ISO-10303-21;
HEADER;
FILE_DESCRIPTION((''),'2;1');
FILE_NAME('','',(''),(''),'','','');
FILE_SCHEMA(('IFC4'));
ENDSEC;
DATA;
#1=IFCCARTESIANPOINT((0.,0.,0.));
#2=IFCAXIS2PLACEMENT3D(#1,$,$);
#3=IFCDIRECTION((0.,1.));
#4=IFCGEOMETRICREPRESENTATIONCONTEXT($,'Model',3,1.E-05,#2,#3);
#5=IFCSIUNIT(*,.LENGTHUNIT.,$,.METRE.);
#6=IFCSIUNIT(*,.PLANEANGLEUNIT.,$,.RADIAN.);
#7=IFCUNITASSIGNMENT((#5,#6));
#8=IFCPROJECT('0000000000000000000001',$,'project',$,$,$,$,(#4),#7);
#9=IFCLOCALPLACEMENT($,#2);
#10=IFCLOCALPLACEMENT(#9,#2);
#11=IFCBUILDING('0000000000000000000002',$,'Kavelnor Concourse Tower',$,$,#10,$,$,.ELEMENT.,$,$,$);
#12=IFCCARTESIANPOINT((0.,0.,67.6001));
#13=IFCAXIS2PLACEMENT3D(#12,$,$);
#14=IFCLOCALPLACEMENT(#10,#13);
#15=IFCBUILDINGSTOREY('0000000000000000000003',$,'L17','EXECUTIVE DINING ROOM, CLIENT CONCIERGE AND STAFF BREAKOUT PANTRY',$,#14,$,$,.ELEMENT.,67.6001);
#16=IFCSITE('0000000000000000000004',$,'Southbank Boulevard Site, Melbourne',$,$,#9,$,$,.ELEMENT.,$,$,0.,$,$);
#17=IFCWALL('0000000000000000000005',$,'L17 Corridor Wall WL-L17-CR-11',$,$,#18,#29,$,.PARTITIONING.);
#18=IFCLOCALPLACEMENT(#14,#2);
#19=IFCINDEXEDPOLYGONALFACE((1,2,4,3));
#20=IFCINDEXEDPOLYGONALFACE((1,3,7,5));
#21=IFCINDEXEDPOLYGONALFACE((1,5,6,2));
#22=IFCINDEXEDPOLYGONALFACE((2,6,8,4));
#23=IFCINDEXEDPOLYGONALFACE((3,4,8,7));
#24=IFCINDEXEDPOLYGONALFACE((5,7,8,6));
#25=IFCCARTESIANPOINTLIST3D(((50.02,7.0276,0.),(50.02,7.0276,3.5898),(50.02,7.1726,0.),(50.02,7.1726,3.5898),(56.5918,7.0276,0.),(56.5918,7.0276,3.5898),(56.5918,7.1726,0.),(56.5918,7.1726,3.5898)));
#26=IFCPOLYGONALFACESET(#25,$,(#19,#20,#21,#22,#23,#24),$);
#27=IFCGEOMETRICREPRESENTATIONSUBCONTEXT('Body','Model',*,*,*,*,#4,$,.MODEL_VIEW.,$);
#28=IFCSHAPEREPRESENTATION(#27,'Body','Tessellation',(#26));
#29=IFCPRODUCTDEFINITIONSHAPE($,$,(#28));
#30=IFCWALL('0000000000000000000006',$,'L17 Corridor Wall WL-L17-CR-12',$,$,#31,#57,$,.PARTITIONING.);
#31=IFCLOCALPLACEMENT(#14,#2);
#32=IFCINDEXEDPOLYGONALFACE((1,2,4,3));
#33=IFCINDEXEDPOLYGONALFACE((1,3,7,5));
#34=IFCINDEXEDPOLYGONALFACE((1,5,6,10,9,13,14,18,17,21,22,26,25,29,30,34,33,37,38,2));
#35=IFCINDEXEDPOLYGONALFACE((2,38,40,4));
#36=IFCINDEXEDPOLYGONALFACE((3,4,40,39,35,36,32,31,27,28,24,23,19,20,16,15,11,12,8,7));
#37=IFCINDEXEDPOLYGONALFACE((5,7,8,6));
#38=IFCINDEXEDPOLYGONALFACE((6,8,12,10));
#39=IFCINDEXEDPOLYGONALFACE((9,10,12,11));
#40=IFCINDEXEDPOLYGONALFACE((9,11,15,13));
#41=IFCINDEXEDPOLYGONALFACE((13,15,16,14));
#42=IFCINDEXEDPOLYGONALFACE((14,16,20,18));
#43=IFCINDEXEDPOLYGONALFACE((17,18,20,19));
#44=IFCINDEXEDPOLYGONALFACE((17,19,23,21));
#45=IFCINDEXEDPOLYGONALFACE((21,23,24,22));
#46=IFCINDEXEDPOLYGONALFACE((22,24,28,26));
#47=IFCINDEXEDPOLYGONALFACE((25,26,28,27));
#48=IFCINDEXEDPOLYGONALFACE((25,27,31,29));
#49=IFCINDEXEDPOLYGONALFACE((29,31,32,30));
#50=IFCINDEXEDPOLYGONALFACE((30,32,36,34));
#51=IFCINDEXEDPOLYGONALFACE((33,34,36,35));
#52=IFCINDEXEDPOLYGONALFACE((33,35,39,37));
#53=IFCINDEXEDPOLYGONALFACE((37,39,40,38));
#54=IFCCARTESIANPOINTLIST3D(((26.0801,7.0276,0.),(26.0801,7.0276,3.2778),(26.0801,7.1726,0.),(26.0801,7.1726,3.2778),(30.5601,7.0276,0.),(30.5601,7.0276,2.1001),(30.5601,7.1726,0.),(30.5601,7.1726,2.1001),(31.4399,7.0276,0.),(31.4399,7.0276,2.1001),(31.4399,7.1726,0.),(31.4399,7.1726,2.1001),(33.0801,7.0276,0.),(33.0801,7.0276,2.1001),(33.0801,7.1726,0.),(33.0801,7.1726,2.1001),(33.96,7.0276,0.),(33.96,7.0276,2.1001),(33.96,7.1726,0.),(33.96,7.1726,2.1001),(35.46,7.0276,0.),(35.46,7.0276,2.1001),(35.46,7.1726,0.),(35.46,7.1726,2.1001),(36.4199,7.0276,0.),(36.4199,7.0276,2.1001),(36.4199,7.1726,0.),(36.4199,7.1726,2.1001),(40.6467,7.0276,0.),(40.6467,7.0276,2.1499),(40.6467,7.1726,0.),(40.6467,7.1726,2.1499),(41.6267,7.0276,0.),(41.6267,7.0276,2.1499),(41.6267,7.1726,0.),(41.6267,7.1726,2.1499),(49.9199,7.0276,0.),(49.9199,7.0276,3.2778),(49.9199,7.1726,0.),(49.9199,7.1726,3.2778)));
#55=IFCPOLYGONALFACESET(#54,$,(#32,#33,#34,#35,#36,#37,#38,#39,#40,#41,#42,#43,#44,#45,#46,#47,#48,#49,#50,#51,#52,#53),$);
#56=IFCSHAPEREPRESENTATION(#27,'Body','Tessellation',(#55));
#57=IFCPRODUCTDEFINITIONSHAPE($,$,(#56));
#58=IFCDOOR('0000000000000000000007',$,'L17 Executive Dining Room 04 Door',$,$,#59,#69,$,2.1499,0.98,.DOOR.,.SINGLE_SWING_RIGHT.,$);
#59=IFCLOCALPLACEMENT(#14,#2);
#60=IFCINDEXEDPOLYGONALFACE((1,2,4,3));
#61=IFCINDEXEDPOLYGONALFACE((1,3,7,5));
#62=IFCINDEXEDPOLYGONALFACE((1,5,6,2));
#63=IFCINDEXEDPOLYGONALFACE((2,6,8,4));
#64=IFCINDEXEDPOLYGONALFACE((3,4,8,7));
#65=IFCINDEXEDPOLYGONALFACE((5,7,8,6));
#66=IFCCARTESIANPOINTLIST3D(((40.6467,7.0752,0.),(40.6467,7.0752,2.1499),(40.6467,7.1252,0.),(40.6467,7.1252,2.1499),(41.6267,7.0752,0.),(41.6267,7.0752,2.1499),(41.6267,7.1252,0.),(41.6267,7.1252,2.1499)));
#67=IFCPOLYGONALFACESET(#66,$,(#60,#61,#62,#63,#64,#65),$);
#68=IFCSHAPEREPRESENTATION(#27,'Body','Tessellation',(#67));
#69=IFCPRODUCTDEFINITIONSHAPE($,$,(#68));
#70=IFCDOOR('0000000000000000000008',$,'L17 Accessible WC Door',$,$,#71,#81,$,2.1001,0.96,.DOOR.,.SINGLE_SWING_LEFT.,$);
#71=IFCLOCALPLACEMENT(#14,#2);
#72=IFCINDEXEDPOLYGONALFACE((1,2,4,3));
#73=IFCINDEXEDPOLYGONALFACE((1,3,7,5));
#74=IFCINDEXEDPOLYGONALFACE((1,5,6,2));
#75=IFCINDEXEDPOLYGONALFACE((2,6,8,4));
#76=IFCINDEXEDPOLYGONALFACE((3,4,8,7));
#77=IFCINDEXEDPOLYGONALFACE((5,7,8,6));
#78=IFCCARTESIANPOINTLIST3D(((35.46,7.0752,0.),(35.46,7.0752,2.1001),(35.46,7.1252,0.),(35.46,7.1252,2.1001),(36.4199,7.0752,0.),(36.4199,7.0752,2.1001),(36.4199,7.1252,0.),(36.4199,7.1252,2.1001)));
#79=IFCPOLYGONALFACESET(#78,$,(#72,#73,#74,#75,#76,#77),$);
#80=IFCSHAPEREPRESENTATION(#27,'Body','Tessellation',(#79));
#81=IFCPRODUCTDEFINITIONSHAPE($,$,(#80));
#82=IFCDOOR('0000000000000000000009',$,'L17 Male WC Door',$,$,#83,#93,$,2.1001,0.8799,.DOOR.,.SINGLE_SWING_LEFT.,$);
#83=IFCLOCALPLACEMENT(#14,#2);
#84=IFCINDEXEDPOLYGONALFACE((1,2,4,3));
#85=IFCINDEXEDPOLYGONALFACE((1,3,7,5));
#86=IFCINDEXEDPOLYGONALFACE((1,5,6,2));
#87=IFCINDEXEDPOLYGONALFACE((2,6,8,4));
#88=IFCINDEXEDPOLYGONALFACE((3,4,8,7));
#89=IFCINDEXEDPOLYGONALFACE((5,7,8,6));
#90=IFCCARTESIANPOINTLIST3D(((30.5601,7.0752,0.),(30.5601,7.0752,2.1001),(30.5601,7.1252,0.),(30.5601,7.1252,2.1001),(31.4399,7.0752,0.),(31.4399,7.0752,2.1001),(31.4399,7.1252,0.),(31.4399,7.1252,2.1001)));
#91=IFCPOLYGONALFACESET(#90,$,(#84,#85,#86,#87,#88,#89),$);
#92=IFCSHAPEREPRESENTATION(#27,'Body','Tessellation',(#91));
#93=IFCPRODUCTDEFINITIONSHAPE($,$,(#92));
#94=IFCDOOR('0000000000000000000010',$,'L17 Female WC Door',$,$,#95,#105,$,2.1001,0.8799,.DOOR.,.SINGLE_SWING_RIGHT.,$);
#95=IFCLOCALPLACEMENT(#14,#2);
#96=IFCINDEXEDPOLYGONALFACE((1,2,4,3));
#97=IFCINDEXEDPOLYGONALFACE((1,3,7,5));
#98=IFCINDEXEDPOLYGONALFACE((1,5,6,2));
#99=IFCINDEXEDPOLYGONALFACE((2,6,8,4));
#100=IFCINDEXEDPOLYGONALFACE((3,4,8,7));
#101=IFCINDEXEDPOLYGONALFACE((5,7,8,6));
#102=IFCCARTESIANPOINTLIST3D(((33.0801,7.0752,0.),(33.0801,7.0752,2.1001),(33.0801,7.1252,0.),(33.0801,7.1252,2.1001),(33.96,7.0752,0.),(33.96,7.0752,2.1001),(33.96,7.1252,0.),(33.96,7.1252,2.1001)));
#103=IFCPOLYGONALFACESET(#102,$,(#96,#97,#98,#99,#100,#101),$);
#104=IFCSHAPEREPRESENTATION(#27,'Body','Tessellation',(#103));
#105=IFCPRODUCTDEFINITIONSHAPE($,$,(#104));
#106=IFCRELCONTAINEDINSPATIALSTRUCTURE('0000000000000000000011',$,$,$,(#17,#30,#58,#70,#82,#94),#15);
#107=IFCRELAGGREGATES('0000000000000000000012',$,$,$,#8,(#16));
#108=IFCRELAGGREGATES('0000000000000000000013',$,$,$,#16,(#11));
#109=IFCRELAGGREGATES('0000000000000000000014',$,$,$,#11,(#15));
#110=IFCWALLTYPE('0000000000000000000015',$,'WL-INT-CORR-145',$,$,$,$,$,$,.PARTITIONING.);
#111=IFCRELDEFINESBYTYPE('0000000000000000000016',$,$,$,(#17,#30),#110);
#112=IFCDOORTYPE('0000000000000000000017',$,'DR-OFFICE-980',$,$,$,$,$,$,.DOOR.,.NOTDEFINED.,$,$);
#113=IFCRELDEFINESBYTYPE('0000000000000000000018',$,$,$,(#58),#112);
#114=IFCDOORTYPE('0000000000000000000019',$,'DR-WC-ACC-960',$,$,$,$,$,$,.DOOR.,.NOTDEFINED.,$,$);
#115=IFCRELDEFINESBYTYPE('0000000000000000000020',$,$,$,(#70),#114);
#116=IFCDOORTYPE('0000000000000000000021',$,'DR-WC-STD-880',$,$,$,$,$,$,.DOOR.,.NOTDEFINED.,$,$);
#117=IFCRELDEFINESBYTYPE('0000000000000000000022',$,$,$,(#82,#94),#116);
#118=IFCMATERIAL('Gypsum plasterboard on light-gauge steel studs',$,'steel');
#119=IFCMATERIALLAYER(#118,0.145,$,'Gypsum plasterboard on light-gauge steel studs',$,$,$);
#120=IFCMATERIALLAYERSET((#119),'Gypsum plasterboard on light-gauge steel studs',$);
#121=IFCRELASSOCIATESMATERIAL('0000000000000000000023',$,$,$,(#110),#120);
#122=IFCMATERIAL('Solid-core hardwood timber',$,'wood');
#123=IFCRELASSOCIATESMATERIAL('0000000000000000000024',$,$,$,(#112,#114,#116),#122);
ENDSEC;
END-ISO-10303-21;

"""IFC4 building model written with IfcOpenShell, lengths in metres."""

from ifc_helpers import new_model, si_unit, direction, frame, frame_2d, origin, place, context, subcontext, project, spatial, rectangle, extrude, material, layer, layer_set, type_object, element, fill, save


model = new_model("IFC4")

# Units and contexts
model_context = context("Model", 3, precision=1e-05, world=origin(), true_north=direction((0.0, 1.0)))
body_context = subcontext(model_context, "Body", "Model", "MODEL_VIEW")
ifc_project = project(units=[si_unit("LENGTHUNIT", "METRE"), si_unit("PLANEANGLEUNIT", "RADIAN")], contexts=[model_context])

# Site, building, storey
site_placement = place(None, origin())
site = spatial("IfcSite", under=ifc_project, at=site_placement, Name="Southbank Boulevard Site, Melbourne", CompositionType="ELEMENT", RefElevation=0.0)
building_placement = place(site_placement, origin())
building = spatial("IfcBuilding", under=site, at=building_placement, Name="Kavelnor Concourse Tower", CompositionType="ELEMENT")
storey_placement = place(building_placement, frame((0.0, 0.0, 67.6001)))
storey = spatial("IfcBuildingStorey", under=building, at=storey_placement, Name="L17", Description="EXECUTIVE DINING ROOM, CLIENT CONCIERGE AND STAFF BREAKOUT PANTRY", CompositionType="ELEMENT", Elevation=67.6001)

# Wall
ifc_material_1 = material(Name="Gypsum plasterboard on light-gauge steel studs", Category="steel")
ifc_layer_1 = layer(ifc_material_1, 0.145, Name="Gypsum plasterboard on light-gauge steel studs")
ifc_layer_set_1 = layer_set([ifc_layer_1], Name="Gypsum plasterboard on light-gauge steel studs")
wall_type_1 = type_object("IfcWallType", Name="WL-INT-CORR-145", PredefinedType="PARTITIONING", material=ifc_layer_set_1)
wall_1_placement = place(storey_placement, frame((56.5918, 7.1001, 0.0), z_axis=(0.0, 0.0, 1.0), x_axis=(-1.0, 0.0, 0.0)))
element("IfcWall", 1, at=wall_1_placement, inside=storey, type_object=wall_type_1, Name="L17 Corridor Wall WL-L17-CR-11", PredefinedType="PARTITIONING", context=body_context, shape_type="SweptSolid", body=[
    extrude(rectangle(XDim=6.5718, YDim=0.145, at=frame_2d((3.2859, 0.0))), origin(), (0.0, 0.0, 1.0), 3.5898),
])

# Wall, openings, doors
wall_2_placement = place(storey_placement, frame((49.9199, 7.1001, 0.0), z_axis=(0.0, 0.0, 1.0), x_axis=(-1.0, 0.0, 0.0)))
wall_2 = element("IfcWall", 2, at=wall_2_placement, inside=storey, type_object=wall_type_1, Name="L17 Corridor Wall WL-L17-CR-12", PredefinedType="PARTITIONING", context=body_context, shape_type="SweptSolid", body=[
    extrude(rectangle(XDim=23.8398, YDim=0.145, at=frame_2d((11.9199, 0.0))), origin(), (0.0, 0.0, 1.0), 3.2778),
])
opening_1_placement = place(wall_2_placement, frame((18.48, 0.0, 0.0)))
opening_1 = element("IfcOpeningElement", 3, at=opening_1_placement, cuts=wall_2, PredefinedType="OPENING", context=body_context, shape_type="SweptSolid", body=[
    extrude(rectangle(XDim=0.8799, YDim=2.1001, at=frame_2d((0.4399, 1.05))), frame((0.0, 0.0825, 0.0), z_axis=(0.0, -1.0, 0.0), x_axis=(1.0, 0.0, 0.0)), (0.0, 0.0, 1.0), 0.165),
])
opening_2_placement = place(wall_2_placement, frame((15.96, 0.0, 0.0)))
opening_2 = element("IfcOpeningElement", 4, at=opening_2_placement, cuts=wall_2, PredefinedType="OPENING", context=body_context, shape_type="SweptSolid", body=[
    extrude(rectangle(XDim=0.8799, YDim=2.1001, at=frame_2d((0.4399, 1.05))), frame((0.0, 0.0825, 0.0), z_axis=(0.0, -1.0, 0.0), x_axis=(1.0, 0.0, 0.0)), (0.0, 0.0, 1.0), 0.165),
])
opening_3_placement = place(wall_2_placement, frame((13.5, 0.0, 0.0)))
opening_3 = element("IfcOpeningElement", 5, at=opening_3_placement, cuts=wall_2, PredefinedType="OPENING", context=body_context, shape_type="SweptSolid", body=[
    extrude(rectangle(XDim=0.96, YDim=2.1001, at=frame_2d((0.48, 1.05))), frame((0.0, 0.0825, 0.0), z_axis=(0.0, -1.0, 0.0), x_axis=(1.0, 0.0, 0.0)), (0.0, 0.0, 1.0), 0.165),
])
opening_4_placement = place(wall_2_placement, frame((8.2932, 0.0, 0.0)))
opening_4 = element("IfcOpeningElement", 6, at=opening_4_placement, cuts=wall_2, PredefinedType="OPENING", context=body_context, shape_type="SweptSolid", body=[
    extrude(rectangle(XDim=0.98, YDim=2.1499, at=frame_2d((0.49, 1.075))), frame((0.0, 0.0825, 0.0), z_axis=(0.0, -1.0, 0.0), x_axis=(1.0, 0.0, 0.0)), (0.0, 0.0, 1.0), 0.165),
])
ifc_material_2 = material(Name="Solid-core hardwood timber", Category="wood")
door_type_1 = type_object("IfcDoorType", Name="DR-OFFICE-980", OperationType="NOTDEFINED", PredefinedType="DOOR", material=ifc_material_2)
door_1_placement = place(opening_4_placement, origin())
door_1 = element("IfcDoor", 7, at=door_1_placement, inside=storey, type_object=door_type_1, Name="L17 Executive Dining Room 04 Door", OperationType="SINGLE_SWING_RIGHT", OverallHeight=2.1499, OverallWidth=0.98, PredefinedType="DOOR", context=body_context, shape_type="SweptSolid", body=[
    extrude(rectangle(XDim=0.98, YDim=2.1499, at=frame_2d((0.49, 1.075))), frame((0.0, 0.0249, 0.0), z_axis=(0.0, -1.0, 0.0), x_axis=(1.0, 0.0, 0.0)), (0.0, 0.0, 1.0), 0.05),
])
fill(opening_4, door_1)
door_type_2 = type_object("IfcDoorType", Name="DR-WC-ACC-960", OperationType="NOTDEFINED", PredefinedType="DOOR", material=ifc_material_2)
door_2_placement = place(opening_3_placement, origin())
door_2 = element("IfcDoor", 8, at=door_2_placement, inside=storey, type_object=door_type_2, Name="L17 Accessible WC Door", OperationType="SINGLE_SWING_LEFT", OverallHeight=2.1001, OverallWidth=0.96, PredefinedType="DOOR", context=body_context, shape_type="SweptSolid", body=[
    extrude(rectangle(XDim=0.96, YDim=2.1001, at=frame_2d((0.48, 1.05))), frame((0.0, 0.0249, 0.0), z_axis=(0.0, -1.0, 0.0), x_axis=(1.0, 0.0, 0.0)), (0.0, 0.0, 1.0), 0.05),
])
fill(opening_3, door_2)
door_type_3 = type_object("IfcDoorType", Name="DR-WC-STD-880", OperationType="NOTDEFINED", PredefinedType="DOOR", material=ifc_material_2)
door_3_placement = place(opening_1_placement, origin())
door_3 = element("IfcDoor", 9, at=door_3_placement, inside=storey, type_object=door_type_3, Name="L17 Male WC Door", OperationType="SINGLE_SWING_LEFT", OverallHeight=2.1001, OverallWidth=0.8799, PredefinedType="DOOR", context=body_context, shape_type="SweptSolid", body=[
    extrude(rectangle(XDim=0.8799, YDim=2.1001, at=frame_2d((0.4399, 1.05))), frame((0.0, 0.0249, 0.0), z_axis=(0.0, -1.0, 0.0), x_axis=(1.0, 0.0, 0.0)), (0.0, 0.0, 1.0), 0.05),
])
fill(opening_1, door_3)
door_4_placement = place(opening_2_placement, origin())
door_4 = element("IfcDoor", 10, at=door_4_placement, inside=storey, type_object=door_type_3, Name="L17 Female WC Door", OperationType="SINGLE_SWING_RIGHT", OverallHeight=2.1001, OverallWidth=0.8799, PredefinedType="DOOR", context=body_context, shape_type="SweptSolid", body=[
    extrude(rectangle(XDim=0.8799, YDim=2.1001, at=frame_2d((0.4399, 1.05))), frame((0.0, 0.0249, 0.0), z_axis=(0.0, -1.0, 0.0), x_axis=(1.0, 0.0, 0.0)), (0.0, 0.0, 1.0), 0.05),
])
fill(opening_2, door_4)

save(model, "model.ifc")
